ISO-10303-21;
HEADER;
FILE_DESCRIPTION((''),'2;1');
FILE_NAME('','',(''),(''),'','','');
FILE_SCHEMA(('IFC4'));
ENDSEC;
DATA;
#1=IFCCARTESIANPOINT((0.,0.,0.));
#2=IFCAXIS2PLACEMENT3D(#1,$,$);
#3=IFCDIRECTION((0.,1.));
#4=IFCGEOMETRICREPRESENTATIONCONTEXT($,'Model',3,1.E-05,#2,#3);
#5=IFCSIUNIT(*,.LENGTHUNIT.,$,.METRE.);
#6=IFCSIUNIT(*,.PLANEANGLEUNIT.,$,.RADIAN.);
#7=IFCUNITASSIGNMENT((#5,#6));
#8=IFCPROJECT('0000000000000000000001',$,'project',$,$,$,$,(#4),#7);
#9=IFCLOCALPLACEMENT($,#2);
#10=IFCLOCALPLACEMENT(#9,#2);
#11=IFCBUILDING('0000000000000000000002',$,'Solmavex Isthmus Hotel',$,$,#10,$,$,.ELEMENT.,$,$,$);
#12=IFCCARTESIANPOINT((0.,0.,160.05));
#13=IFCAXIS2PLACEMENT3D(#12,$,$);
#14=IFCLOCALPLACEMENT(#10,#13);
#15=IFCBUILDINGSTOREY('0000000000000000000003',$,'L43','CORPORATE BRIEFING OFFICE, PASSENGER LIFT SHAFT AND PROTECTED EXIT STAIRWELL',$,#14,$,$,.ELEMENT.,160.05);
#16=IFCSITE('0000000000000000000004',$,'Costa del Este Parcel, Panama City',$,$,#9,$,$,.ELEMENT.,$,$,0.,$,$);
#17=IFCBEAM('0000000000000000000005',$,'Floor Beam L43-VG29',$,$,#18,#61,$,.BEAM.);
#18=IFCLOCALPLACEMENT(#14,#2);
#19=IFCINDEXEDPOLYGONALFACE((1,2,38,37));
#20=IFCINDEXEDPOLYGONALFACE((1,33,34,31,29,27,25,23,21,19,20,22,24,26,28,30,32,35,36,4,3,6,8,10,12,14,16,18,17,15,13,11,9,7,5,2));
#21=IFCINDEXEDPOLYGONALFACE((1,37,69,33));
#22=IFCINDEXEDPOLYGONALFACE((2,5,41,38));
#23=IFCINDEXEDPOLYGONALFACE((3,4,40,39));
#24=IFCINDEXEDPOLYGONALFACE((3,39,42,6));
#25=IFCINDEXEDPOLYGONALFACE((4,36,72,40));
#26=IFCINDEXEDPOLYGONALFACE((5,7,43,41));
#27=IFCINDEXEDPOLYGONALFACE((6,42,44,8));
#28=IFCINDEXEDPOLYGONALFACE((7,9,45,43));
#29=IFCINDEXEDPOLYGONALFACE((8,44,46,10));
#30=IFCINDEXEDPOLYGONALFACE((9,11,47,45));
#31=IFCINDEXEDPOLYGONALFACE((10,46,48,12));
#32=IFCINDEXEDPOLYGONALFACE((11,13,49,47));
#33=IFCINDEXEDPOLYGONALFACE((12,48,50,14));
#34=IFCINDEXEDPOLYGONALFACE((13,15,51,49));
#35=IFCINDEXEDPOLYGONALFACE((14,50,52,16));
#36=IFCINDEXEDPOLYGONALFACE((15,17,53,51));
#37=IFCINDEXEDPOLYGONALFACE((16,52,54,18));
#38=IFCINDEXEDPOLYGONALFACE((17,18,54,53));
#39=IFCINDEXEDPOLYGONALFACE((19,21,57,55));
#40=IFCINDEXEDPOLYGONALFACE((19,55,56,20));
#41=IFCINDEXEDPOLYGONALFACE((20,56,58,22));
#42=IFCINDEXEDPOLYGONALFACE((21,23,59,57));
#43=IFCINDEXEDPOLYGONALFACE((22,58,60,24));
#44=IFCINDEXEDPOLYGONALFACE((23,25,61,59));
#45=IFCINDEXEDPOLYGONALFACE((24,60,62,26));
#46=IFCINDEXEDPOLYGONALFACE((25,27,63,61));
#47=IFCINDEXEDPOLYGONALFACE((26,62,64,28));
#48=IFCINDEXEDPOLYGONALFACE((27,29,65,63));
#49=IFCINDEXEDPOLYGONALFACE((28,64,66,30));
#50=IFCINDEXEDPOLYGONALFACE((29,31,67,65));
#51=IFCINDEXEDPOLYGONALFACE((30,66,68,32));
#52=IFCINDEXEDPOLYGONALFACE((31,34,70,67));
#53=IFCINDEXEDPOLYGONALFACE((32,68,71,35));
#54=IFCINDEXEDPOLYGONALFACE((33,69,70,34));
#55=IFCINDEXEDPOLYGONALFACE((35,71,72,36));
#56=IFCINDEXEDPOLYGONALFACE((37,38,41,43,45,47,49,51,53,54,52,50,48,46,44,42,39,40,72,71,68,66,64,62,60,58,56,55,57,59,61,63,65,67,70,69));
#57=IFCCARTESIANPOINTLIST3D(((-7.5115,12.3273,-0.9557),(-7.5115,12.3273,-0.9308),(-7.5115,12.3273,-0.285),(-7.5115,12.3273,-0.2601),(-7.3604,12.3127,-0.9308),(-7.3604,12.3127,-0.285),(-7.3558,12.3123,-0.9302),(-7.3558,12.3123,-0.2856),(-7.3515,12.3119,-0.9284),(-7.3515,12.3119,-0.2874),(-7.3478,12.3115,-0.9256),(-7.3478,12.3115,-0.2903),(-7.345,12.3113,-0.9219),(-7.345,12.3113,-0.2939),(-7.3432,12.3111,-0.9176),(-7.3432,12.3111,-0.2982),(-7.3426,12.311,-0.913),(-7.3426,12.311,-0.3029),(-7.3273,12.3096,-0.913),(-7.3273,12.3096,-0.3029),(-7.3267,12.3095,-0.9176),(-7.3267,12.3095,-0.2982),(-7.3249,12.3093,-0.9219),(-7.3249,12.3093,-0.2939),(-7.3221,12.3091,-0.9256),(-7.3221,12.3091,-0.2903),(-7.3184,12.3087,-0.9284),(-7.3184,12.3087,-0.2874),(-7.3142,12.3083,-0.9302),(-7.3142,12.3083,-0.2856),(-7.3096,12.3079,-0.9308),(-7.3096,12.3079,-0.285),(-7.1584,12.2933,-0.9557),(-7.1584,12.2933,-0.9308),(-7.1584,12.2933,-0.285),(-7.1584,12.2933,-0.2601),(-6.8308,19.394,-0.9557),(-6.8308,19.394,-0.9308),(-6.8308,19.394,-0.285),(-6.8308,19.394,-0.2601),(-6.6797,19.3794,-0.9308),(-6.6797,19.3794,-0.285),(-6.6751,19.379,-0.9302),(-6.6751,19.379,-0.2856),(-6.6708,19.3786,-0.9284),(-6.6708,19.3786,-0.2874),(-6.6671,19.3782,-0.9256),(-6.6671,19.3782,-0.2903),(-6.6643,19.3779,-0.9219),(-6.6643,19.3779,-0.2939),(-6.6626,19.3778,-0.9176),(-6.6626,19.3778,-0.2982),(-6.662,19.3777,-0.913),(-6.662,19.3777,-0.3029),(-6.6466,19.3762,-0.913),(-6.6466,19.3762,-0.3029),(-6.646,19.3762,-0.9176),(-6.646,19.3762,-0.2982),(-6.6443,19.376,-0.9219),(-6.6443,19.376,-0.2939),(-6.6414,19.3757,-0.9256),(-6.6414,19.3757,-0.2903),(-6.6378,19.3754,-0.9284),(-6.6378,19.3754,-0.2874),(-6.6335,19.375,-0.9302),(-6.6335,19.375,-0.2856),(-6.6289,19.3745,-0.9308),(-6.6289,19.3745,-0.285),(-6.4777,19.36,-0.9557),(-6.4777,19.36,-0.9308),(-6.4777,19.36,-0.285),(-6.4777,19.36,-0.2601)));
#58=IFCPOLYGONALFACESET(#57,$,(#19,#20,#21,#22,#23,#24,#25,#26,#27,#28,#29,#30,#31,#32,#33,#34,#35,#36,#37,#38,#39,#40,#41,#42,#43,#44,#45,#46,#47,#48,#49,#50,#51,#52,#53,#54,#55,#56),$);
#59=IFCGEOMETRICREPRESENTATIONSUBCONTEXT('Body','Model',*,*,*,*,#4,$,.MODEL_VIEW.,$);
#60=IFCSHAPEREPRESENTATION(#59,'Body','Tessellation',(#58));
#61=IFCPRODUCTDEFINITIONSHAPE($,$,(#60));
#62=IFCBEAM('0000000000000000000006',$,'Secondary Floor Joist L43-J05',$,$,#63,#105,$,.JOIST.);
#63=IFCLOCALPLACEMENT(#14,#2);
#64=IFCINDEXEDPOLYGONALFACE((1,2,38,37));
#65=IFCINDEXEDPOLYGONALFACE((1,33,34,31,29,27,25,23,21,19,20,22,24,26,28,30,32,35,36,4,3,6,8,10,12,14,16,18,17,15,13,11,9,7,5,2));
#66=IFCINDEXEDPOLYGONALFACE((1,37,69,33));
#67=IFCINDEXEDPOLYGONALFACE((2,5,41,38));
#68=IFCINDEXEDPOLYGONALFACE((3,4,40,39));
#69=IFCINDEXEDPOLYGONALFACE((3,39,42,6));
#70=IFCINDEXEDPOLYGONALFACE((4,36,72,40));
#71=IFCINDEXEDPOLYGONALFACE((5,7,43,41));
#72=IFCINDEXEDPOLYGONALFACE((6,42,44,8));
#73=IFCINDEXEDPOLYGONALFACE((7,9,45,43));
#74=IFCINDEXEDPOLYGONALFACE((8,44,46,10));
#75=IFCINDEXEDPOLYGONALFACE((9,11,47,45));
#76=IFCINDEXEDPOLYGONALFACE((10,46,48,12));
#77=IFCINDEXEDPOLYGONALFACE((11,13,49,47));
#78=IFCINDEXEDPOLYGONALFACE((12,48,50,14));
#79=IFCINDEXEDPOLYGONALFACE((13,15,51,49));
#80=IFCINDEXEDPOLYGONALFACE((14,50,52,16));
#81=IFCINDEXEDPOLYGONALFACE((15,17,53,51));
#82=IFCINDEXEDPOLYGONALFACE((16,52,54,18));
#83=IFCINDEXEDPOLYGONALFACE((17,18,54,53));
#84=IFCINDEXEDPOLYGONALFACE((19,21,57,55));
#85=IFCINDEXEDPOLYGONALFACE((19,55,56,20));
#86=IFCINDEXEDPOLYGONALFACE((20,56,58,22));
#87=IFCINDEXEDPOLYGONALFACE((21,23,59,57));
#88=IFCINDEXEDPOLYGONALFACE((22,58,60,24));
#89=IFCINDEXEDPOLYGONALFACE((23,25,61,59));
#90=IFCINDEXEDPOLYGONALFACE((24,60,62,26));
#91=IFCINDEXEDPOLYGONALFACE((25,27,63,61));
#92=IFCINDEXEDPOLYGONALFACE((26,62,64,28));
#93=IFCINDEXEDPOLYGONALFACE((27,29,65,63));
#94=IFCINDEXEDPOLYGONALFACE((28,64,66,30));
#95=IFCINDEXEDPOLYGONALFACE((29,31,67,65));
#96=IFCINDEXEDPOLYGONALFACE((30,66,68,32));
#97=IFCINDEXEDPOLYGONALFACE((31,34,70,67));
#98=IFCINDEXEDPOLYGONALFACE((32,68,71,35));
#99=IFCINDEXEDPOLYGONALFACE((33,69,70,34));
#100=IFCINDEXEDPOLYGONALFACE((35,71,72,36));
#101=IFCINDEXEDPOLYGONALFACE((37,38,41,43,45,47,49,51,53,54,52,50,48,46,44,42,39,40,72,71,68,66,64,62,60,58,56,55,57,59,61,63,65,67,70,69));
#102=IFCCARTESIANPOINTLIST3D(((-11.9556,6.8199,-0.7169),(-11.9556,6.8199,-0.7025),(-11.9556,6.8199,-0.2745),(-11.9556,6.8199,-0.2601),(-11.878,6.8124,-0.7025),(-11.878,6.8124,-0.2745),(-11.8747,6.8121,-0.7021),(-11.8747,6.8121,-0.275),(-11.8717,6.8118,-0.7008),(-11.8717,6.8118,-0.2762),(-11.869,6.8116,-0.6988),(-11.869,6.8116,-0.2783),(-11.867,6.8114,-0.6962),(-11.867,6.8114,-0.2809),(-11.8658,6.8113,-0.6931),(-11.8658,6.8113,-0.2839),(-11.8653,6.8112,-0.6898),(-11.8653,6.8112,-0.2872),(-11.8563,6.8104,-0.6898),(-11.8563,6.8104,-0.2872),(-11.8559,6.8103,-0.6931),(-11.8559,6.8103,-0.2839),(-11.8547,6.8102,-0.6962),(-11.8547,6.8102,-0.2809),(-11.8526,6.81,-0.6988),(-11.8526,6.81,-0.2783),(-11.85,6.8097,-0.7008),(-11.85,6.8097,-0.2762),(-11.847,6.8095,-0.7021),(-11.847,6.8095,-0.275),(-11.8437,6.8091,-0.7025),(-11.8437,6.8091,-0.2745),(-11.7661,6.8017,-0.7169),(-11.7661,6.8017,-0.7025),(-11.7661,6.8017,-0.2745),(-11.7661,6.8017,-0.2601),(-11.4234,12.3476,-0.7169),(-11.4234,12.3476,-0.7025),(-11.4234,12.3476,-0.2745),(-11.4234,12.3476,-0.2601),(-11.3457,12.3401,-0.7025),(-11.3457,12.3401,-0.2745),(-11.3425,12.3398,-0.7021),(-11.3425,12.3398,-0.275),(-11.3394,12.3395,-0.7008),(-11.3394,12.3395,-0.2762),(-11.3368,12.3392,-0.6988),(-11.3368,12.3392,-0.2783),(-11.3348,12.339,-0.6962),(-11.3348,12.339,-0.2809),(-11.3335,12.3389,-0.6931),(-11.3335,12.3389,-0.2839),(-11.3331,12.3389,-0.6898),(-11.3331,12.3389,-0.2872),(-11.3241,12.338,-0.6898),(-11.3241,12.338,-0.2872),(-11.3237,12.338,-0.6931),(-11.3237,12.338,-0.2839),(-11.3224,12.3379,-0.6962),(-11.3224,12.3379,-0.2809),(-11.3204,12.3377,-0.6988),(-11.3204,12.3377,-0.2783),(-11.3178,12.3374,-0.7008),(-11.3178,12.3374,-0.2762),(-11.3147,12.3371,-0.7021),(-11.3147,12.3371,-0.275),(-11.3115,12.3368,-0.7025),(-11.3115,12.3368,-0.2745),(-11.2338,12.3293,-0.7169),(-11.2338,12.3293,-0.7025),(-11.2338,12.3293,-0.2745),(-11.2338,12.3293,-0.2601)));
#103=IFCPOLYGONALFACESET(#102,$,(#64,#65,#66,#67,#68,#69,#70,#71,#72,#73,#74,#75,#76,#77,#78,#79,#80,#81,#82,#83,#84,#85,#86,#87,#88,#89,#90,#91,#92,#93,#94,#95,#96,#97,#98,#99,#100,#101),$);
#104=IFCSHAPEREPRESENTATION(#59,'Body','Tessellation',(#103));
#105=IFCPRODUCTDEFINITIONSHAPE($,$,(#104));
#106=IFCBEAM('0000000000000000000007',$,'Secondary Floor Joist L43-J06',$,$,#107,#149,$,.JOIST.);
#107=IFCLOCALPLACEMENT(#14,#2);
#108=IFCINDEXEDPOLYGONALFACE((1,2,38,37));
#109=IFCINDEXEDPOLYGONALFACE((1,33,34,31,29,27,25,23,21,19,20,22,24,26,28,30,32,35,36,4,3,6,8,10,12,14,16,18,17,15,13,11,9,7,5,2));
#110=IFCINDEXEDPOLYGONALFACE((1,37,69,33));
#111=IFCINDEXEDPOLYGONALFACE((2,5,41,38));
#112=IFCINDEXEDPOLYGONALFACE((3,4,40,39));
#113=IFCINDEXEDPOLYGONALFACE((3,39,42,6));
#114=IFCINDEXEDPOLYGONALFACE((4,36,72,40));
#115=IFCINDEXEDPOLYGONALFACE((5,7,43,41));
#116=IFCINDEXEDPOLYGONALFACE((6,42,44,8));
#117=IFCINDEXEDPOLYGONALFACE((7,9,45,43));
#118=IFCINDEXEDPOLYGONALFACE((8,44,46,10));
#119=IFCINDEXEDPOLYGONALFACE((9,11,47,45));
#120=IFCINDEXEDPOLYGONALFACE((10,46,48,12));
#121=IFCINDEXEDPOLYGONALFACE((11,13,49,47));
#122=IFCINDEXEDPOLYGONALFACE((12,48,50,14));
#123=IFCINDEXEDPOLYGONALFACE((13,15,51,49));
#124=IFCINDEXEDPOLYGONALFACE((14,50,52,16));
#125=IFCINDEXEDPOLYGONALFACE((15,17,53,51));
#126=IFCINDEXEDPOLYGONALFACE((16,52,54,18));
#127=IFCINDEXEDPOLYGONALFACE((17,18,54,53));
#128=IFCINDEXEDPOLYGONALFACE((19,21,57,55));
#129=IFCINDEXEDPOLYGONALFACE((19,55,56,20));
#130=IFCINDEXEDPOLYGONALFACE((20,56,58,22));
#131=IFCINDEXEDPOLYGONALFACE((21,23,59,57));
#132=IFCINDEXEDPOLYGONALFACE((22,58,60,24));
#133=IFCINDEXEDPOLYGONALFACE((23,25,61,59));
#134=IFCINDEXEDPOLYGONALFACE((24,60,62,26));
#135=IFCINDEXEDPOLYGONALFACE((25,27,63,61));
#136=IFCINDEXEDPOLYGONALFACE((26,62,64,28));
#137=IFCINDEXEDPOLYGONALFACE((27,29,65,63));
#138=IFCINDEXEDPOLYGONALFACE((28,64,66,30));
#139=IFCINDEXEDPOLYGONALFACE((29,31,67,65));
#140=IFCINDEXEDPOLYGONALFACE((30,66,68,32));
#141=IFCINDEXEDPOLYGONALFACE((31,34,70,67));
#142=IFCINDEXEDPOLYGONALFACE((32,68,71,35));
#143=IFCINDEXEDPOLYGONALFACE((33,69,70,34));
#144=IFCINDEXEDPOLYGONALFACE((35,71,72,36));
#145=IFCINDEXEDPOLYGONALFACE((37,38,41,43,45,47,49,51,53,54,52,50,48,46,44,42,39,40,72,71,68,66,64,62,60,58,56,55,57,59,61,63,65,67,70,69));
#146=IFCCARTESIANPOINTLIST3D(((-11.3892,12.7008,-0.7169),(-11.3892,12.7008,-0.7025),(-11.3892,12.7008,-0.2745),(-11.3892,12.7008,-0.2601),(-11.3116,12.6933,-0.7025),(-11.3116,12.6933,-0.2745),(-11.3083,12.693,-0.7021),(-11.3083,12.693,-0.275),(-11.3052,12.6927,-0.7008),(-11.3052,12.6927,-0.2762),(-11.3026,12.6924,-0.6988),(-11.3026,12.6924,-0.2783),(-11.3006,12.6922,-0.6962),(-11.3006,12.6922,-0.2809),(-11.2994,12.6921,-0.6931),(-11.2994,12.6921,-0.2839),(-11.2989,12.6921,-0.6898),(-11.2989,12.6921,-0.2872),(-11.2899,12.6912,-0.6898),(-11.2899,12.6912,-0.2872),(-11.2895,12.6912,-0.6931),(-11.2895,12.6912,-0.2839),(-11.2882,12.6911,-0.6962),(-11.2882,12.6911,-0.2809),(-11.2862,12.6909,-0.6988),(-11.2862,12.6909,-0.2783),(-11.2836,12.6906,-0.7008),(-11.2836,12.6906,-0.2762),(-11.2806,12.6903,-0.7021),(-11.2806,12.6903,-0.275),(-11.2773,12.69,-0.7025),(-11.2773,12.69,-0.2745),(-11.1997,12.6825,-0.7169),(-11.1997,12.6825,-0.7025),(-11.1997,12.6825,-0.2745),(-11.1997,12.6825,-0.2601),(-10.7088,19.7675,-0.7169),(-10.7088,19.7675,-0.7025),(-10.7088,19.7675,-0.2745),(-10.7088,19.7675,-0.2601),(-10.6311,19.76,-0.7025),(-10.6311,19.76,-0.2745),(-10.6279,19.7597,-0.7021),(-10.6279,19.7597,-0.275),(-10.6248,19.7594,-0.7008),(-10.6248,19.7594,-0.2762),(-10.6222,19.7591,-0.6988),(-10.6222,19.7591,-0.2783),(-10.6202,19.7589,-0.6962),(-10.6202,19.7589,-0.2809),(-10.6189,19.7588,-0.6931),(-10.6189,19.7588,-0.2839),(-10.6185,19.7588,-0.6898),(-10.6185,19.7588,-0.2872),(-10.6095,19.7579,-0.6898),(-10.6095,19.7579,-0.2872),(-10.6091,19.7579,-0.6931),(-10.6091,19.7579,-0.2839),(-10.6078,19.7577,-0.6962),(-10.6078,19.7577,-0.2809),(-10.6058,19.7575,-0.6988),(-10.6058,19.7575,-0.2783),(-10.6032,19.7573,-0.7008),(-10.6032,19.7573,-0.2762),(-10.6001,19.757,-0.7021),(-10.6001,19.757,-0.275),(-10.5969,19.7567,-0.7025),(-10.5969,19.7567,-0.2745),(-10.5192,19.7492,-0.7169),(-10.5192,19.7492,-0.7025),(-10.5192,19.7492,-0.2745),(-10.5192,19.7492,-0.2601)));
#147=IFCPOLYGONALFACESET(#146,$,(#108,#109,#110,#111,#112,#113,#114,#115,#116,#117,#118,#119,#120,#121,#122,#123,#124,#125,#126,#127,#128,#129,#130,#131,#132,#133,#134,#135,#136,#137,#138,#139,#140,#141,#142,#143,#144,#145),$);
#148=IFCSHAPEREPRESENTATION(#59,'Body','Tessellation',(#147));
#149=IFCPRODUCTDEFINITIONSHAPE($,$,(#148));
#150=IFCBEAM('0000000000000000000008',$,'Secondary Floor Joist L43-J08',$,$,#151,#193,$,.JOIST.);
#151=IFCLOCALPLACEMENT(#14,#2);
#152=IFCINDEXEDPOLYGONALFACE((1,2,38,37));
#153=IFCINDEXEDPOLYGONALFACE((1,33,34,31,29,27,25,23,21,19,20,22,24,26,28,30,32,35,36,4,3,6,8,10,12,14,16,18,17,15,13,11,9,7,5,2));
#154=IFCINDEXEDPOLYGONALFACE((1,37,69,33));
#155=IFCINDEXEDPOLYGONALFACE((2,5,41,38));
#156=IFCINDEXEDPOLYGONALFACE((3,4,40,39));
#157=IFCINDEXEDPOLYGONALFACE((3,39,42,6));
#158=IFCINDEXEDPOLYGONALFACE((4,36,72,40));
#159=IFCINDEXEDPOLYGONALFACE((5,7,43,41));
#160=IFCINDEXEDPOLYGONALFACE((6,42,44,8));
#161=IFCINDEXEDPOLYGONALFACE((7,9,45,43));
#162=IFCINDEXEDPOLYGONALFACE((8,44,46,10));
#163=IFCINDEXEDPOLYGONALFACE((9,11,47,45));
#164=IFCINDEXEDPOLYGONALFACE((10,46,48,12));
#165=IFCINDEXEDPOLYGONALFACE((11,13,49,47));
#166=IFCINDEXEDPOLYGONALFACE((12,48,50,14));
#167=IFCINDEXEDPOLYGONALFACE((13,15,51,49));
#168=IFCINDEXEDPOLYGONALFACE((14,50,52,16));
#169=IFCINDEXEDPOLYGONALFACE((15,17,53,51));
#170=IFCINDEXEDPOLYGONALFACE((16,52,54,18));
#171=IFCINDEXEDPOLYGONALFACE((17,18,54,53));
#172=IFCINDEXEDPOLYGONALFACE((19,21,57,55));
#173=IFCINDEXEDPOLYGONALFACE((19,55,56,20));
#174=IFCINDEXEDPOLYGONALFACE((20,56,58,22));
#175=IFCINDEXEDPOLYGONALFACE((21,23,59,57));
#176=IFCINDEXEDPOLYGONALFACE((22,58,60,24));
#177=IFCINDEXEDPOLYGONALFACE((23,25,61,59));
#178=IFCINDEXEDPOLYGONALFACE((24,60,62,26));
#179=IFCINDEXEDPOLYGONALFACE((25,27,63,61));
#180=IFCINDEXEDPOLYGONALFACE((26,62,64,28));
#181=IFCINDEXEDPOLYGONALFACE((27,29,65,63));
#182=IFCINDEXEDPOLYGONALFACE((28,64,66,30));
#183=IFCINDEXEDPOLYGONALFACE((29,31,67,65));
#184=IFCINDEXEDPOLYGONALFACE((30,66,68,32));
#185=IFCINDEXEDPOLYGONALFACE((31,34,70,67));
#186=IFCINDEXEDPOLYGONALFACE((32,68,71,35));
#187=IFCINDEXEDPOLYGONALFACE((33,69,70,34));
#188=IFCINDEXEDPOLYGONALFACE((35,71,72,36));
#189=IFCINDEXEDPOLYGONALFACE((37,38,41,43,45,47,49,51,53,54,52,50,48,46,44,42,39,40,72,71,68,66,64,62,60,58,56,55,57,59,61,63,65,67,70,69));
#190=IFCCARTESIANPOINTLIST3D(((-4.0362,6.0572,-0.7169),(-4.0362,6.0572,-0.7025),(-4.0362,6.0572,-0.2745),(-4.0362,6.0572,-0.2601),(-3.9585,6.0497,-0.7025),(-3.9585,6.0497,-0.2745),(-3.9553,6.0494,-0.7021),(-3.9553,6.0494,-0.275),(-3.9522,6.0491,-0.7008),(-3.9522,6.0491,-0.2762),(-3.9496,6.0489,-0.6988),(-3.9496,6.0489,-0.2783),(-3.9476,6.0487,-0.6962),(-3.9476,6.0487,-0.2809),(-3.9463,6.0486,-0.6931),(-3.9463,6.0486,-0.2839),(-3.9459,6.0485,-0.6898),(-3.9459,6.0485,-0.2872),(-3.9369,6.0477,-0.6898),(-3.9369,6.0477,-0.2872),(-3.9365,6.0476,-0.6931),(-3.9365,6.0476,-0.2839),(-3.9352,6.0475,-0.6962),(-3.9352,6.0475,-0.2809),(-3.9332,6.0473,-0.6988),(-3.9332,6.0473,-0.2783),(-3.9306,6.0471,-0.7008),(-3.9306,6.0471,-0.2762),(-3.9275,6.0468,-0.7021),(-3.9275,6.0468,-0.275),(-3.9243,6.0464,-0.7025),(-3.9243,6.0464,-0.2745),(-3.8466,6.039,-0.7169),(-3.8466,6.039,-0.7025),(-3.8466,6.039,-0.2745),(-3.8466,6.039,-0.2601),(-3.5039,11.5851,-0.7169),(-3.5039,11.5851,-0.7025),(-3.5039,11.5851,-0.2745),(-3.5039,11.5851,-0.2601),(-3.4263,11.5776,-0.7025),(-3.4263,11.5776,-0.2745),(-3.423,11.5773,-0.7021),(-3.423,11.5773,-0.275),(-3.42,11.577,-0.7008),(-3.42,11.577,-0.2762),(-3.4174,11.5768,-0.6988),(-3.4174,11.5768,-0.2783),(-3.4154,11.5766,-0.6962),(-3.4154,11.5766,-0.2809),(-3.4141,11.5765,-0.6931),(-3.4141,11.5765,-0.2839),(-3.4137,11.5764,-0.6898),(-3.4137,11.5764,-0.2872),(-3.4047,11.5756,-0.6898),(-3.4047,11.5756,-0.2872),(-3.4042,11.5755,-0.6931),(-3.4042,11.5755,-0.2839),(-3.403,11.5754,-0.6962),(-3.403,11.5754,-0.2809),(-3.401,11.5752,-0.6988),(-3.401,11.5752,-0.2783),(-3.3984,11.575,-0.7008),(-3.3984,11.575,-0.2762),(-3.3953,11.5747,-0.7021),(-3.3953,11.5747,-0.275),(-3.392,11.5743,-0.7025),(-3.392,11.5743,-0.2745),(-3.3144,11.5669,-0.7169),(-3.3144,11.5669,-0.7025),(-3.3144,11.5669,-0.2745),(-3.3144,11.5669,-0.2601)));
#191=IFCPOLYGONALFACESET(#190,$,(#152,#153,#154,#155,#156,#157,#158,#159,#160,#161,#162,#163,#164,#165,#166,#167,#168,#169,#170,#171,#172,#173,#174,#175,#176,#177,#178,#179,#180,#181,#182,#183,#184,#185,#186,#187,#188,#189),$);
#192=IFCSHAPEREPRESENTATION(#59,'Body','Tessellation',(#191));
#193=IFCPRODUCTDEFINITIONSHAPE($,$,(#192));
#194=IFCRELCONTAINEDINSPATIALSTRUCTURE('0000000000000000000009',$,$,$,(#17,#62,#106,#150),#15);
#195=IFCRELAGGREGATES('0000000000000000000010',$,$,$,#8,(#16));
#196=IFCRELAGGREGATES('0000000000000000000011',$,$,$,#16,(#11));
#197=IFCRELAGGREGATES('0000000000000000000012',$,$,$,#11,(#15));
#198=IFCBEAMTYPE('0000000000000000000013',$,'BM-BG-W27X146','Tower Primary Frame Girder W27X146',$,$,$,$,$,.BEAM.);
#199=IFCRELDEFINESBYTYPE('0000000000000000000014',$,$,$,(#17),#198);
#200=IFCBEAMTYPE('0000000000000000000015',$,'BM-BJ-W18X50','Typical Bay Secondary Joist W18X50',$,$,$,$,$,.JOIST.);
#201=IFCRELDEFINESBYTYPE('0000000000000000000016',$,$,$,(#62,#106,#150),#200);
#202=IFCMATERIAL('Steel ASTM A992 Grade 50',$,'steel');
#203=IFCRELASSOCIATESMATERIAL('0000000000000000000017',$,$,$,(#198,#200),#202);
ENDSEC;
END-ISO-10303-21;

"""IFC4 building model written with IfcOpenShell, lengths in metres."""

from ifc_helpers import new_model, si_unit, direction, frame, origin, origin_2d, place, context, subcontext, project, spatial, i_section, extrude, material, material_profile, profile_set, type_object, element, save


model = new_model("IFC4")

# Units and contexts
model_context = context("Model", 3, precision=1e-05, world=origin(), true_north=direction((0.0, 1.0)))
body_context = subcontext(model_context, "Body", "Model", "MODEL_VIEW")
ifc_project = project(units=[si_unit("LENGTHUNIT", "METRE"), si_unit("PLANEANGLEUNIT", "RADIAN")], contexts=[model_context])

# Site, building, storey
site_placement = place(None, origin())
site = spatial("IfcSite", under=ifc_project, at=site_placement, Name="Costa del Este Parcel, Panama City", CompositionType="ELEMENT", RefElevation=0.0)
building_placement = place(site_placement, origin())
building = spatial("IfcBuilding", under=site, at=building_placement, Name="Solmavex Isthmus Hotel", CompositionType="ELEMENT")
storey_placement = place(building_placement, frame((0.0, 0.0, 160.05)))
storey = spatial("IfcBuildingStorey", under=building, at=storey_placement, Name="L43", Description="CORPORATE BRIEFING OFFICE, PASSENGER LIFT SHAFT AND PROTECTED EXIT STAIRWELL", CompositionType="ELEMENT", Elevation=160.05)

# Beams
ifc_material_1 = material(Name="Steel ASTM A992 Grade 50", Category="steel")
ifc_material_profile_1 = material_profile(ifc_material_1, i_section(OverallWidth=0.3547, OverallDepth=0.6956, WebThickness=0.0154, FlangeThickness=0.0249, FilletRadius=0.0178, at=origin_2d()), Name="W27X146")
ifc_profile_set_1 = profile_set([ifc_material_profile_1], Name="Steel ASTM A992 Grade 50")
beam_type_1 = type_object("IfcBeamType", Name="BM-BG-W27X146", Description="Tower Primary Frame Girder W27X146", PredefinedType="BEAM", material=ifc_profile_set_1)
beam_1_placement = place(storey_placement, frame((-7.335, 12.3103, -0.6079), z_axis=(0.095877, 0.995393, 0.0), x_axis=(-0.995393, 0.095877, 0.0)))
element("IfcBeam", 1, at=beam_1_placement, inside=storey, type_object=beam_type_1, Name="Floor Beam L43-VG29", PredefinedType="BEAM", context=body_context, shape_type="SweptSolid", body=[
    extrude(i_section(OverallWidth=0.3547, OverallDepth=0.6956, WebThickness=0.0154, FlangeThickness=0.0249, FilletRadius=0.0178, at=origin_2d()), origin(), (0.0, 0.0, 1.0), 7.0994),
])
ifc_material_profile_2 = material_profile(ifc_material_1, i_section(OverallWidth=0.1904, OverallDepth=0.4568, WebThickness=0.009, FlangeThickness=0.0144, FilletRadius=0.0127, at=origin_2d()), Name="W18X50")
ifc_profile_set_2 = profile_set([ifc_material_profile_2], Name="Steel ASTM A992 Grade 50")
beam_type_2 = type_object("IfcBeamType", Name="BM-BJ-W18X50", Description="Typical Bay Secondary Joist W18X50", PredefinedType="JOIST", material=ifc_profile_set_2)
beam_2_placement = place(storey_placement, frame((-11.8608, 6.8108, -0.4885), z_axis=(0.095842, 0.995397, 0.0), x_axis=(-0.995397, 0.095842, 0.0)))
element("IfcBeam", 2, at=beam_2_placement, inside=storey, type_object=beam_type_2, Name="Secondary Floor Joist L43-J05", PredefinedType="JOIST", context=body_context, shape_type="SweptSolid", body=[
    extrude(i_section(OverallWidth=0.1904, OverallDepth=0.4568, WebThickness=0.009, FlangeThickness=0.0144, FilletRadius=0.0127, at=origin_2d()), origin(), (0.0, 0.0, 1.0), 5.5532),
])
beam_3_placement = place(storey_placement, frame((-11.2944, 12.6917, -0.4885), z_axis=(0.095843, 0.995396, 0.0), x_axis=(-0.995396, 0.095843, 0.0)))
element("IfcBeam", 3, at=beam_3_placement, inside=storey, type_object=beam_type_2, Name="Secondary Floor Joist L43-J06", PredefinedType="JOIST", context=body_context, shape_type="SweptSolid", body=[
    extrude(i_section(OverallWidth=0.1904, OverallDepth=0.4568, WebThickness=0.009, FlangeThickness=0.0144, FilletRadius=0.0127, at=origin_2d()), origin(), (0.0, 0.0, 1.0), 7.0994),
])
beam_4_placement = place(storey_placement, frame((-3.9414, 6.0481, -0.4885), z_axis=(0.095838, 0.995397, 0.0), x_axis=(-0.995397, 0.095838, 0.0)))
element("IfcBeam", 4, at=beam_4_placement, inside=storey, type_object=beam_type_2, Name="Secondary Floor Joist L43-J08", PredefinedType="JOIST", context=body_context, shape_type="SweptSolid", body=[
    extrude(i_section(OverallWidth=0.1904, OverallDepth=0.4568, WebThickness=0.009, FlangeThickness=0.0144, FilletRadius=0.0127, at=origin_2d()), origin(), (0.0, 0.0, 1.0), 5.5535),
])

save(model, "model.ifc")
